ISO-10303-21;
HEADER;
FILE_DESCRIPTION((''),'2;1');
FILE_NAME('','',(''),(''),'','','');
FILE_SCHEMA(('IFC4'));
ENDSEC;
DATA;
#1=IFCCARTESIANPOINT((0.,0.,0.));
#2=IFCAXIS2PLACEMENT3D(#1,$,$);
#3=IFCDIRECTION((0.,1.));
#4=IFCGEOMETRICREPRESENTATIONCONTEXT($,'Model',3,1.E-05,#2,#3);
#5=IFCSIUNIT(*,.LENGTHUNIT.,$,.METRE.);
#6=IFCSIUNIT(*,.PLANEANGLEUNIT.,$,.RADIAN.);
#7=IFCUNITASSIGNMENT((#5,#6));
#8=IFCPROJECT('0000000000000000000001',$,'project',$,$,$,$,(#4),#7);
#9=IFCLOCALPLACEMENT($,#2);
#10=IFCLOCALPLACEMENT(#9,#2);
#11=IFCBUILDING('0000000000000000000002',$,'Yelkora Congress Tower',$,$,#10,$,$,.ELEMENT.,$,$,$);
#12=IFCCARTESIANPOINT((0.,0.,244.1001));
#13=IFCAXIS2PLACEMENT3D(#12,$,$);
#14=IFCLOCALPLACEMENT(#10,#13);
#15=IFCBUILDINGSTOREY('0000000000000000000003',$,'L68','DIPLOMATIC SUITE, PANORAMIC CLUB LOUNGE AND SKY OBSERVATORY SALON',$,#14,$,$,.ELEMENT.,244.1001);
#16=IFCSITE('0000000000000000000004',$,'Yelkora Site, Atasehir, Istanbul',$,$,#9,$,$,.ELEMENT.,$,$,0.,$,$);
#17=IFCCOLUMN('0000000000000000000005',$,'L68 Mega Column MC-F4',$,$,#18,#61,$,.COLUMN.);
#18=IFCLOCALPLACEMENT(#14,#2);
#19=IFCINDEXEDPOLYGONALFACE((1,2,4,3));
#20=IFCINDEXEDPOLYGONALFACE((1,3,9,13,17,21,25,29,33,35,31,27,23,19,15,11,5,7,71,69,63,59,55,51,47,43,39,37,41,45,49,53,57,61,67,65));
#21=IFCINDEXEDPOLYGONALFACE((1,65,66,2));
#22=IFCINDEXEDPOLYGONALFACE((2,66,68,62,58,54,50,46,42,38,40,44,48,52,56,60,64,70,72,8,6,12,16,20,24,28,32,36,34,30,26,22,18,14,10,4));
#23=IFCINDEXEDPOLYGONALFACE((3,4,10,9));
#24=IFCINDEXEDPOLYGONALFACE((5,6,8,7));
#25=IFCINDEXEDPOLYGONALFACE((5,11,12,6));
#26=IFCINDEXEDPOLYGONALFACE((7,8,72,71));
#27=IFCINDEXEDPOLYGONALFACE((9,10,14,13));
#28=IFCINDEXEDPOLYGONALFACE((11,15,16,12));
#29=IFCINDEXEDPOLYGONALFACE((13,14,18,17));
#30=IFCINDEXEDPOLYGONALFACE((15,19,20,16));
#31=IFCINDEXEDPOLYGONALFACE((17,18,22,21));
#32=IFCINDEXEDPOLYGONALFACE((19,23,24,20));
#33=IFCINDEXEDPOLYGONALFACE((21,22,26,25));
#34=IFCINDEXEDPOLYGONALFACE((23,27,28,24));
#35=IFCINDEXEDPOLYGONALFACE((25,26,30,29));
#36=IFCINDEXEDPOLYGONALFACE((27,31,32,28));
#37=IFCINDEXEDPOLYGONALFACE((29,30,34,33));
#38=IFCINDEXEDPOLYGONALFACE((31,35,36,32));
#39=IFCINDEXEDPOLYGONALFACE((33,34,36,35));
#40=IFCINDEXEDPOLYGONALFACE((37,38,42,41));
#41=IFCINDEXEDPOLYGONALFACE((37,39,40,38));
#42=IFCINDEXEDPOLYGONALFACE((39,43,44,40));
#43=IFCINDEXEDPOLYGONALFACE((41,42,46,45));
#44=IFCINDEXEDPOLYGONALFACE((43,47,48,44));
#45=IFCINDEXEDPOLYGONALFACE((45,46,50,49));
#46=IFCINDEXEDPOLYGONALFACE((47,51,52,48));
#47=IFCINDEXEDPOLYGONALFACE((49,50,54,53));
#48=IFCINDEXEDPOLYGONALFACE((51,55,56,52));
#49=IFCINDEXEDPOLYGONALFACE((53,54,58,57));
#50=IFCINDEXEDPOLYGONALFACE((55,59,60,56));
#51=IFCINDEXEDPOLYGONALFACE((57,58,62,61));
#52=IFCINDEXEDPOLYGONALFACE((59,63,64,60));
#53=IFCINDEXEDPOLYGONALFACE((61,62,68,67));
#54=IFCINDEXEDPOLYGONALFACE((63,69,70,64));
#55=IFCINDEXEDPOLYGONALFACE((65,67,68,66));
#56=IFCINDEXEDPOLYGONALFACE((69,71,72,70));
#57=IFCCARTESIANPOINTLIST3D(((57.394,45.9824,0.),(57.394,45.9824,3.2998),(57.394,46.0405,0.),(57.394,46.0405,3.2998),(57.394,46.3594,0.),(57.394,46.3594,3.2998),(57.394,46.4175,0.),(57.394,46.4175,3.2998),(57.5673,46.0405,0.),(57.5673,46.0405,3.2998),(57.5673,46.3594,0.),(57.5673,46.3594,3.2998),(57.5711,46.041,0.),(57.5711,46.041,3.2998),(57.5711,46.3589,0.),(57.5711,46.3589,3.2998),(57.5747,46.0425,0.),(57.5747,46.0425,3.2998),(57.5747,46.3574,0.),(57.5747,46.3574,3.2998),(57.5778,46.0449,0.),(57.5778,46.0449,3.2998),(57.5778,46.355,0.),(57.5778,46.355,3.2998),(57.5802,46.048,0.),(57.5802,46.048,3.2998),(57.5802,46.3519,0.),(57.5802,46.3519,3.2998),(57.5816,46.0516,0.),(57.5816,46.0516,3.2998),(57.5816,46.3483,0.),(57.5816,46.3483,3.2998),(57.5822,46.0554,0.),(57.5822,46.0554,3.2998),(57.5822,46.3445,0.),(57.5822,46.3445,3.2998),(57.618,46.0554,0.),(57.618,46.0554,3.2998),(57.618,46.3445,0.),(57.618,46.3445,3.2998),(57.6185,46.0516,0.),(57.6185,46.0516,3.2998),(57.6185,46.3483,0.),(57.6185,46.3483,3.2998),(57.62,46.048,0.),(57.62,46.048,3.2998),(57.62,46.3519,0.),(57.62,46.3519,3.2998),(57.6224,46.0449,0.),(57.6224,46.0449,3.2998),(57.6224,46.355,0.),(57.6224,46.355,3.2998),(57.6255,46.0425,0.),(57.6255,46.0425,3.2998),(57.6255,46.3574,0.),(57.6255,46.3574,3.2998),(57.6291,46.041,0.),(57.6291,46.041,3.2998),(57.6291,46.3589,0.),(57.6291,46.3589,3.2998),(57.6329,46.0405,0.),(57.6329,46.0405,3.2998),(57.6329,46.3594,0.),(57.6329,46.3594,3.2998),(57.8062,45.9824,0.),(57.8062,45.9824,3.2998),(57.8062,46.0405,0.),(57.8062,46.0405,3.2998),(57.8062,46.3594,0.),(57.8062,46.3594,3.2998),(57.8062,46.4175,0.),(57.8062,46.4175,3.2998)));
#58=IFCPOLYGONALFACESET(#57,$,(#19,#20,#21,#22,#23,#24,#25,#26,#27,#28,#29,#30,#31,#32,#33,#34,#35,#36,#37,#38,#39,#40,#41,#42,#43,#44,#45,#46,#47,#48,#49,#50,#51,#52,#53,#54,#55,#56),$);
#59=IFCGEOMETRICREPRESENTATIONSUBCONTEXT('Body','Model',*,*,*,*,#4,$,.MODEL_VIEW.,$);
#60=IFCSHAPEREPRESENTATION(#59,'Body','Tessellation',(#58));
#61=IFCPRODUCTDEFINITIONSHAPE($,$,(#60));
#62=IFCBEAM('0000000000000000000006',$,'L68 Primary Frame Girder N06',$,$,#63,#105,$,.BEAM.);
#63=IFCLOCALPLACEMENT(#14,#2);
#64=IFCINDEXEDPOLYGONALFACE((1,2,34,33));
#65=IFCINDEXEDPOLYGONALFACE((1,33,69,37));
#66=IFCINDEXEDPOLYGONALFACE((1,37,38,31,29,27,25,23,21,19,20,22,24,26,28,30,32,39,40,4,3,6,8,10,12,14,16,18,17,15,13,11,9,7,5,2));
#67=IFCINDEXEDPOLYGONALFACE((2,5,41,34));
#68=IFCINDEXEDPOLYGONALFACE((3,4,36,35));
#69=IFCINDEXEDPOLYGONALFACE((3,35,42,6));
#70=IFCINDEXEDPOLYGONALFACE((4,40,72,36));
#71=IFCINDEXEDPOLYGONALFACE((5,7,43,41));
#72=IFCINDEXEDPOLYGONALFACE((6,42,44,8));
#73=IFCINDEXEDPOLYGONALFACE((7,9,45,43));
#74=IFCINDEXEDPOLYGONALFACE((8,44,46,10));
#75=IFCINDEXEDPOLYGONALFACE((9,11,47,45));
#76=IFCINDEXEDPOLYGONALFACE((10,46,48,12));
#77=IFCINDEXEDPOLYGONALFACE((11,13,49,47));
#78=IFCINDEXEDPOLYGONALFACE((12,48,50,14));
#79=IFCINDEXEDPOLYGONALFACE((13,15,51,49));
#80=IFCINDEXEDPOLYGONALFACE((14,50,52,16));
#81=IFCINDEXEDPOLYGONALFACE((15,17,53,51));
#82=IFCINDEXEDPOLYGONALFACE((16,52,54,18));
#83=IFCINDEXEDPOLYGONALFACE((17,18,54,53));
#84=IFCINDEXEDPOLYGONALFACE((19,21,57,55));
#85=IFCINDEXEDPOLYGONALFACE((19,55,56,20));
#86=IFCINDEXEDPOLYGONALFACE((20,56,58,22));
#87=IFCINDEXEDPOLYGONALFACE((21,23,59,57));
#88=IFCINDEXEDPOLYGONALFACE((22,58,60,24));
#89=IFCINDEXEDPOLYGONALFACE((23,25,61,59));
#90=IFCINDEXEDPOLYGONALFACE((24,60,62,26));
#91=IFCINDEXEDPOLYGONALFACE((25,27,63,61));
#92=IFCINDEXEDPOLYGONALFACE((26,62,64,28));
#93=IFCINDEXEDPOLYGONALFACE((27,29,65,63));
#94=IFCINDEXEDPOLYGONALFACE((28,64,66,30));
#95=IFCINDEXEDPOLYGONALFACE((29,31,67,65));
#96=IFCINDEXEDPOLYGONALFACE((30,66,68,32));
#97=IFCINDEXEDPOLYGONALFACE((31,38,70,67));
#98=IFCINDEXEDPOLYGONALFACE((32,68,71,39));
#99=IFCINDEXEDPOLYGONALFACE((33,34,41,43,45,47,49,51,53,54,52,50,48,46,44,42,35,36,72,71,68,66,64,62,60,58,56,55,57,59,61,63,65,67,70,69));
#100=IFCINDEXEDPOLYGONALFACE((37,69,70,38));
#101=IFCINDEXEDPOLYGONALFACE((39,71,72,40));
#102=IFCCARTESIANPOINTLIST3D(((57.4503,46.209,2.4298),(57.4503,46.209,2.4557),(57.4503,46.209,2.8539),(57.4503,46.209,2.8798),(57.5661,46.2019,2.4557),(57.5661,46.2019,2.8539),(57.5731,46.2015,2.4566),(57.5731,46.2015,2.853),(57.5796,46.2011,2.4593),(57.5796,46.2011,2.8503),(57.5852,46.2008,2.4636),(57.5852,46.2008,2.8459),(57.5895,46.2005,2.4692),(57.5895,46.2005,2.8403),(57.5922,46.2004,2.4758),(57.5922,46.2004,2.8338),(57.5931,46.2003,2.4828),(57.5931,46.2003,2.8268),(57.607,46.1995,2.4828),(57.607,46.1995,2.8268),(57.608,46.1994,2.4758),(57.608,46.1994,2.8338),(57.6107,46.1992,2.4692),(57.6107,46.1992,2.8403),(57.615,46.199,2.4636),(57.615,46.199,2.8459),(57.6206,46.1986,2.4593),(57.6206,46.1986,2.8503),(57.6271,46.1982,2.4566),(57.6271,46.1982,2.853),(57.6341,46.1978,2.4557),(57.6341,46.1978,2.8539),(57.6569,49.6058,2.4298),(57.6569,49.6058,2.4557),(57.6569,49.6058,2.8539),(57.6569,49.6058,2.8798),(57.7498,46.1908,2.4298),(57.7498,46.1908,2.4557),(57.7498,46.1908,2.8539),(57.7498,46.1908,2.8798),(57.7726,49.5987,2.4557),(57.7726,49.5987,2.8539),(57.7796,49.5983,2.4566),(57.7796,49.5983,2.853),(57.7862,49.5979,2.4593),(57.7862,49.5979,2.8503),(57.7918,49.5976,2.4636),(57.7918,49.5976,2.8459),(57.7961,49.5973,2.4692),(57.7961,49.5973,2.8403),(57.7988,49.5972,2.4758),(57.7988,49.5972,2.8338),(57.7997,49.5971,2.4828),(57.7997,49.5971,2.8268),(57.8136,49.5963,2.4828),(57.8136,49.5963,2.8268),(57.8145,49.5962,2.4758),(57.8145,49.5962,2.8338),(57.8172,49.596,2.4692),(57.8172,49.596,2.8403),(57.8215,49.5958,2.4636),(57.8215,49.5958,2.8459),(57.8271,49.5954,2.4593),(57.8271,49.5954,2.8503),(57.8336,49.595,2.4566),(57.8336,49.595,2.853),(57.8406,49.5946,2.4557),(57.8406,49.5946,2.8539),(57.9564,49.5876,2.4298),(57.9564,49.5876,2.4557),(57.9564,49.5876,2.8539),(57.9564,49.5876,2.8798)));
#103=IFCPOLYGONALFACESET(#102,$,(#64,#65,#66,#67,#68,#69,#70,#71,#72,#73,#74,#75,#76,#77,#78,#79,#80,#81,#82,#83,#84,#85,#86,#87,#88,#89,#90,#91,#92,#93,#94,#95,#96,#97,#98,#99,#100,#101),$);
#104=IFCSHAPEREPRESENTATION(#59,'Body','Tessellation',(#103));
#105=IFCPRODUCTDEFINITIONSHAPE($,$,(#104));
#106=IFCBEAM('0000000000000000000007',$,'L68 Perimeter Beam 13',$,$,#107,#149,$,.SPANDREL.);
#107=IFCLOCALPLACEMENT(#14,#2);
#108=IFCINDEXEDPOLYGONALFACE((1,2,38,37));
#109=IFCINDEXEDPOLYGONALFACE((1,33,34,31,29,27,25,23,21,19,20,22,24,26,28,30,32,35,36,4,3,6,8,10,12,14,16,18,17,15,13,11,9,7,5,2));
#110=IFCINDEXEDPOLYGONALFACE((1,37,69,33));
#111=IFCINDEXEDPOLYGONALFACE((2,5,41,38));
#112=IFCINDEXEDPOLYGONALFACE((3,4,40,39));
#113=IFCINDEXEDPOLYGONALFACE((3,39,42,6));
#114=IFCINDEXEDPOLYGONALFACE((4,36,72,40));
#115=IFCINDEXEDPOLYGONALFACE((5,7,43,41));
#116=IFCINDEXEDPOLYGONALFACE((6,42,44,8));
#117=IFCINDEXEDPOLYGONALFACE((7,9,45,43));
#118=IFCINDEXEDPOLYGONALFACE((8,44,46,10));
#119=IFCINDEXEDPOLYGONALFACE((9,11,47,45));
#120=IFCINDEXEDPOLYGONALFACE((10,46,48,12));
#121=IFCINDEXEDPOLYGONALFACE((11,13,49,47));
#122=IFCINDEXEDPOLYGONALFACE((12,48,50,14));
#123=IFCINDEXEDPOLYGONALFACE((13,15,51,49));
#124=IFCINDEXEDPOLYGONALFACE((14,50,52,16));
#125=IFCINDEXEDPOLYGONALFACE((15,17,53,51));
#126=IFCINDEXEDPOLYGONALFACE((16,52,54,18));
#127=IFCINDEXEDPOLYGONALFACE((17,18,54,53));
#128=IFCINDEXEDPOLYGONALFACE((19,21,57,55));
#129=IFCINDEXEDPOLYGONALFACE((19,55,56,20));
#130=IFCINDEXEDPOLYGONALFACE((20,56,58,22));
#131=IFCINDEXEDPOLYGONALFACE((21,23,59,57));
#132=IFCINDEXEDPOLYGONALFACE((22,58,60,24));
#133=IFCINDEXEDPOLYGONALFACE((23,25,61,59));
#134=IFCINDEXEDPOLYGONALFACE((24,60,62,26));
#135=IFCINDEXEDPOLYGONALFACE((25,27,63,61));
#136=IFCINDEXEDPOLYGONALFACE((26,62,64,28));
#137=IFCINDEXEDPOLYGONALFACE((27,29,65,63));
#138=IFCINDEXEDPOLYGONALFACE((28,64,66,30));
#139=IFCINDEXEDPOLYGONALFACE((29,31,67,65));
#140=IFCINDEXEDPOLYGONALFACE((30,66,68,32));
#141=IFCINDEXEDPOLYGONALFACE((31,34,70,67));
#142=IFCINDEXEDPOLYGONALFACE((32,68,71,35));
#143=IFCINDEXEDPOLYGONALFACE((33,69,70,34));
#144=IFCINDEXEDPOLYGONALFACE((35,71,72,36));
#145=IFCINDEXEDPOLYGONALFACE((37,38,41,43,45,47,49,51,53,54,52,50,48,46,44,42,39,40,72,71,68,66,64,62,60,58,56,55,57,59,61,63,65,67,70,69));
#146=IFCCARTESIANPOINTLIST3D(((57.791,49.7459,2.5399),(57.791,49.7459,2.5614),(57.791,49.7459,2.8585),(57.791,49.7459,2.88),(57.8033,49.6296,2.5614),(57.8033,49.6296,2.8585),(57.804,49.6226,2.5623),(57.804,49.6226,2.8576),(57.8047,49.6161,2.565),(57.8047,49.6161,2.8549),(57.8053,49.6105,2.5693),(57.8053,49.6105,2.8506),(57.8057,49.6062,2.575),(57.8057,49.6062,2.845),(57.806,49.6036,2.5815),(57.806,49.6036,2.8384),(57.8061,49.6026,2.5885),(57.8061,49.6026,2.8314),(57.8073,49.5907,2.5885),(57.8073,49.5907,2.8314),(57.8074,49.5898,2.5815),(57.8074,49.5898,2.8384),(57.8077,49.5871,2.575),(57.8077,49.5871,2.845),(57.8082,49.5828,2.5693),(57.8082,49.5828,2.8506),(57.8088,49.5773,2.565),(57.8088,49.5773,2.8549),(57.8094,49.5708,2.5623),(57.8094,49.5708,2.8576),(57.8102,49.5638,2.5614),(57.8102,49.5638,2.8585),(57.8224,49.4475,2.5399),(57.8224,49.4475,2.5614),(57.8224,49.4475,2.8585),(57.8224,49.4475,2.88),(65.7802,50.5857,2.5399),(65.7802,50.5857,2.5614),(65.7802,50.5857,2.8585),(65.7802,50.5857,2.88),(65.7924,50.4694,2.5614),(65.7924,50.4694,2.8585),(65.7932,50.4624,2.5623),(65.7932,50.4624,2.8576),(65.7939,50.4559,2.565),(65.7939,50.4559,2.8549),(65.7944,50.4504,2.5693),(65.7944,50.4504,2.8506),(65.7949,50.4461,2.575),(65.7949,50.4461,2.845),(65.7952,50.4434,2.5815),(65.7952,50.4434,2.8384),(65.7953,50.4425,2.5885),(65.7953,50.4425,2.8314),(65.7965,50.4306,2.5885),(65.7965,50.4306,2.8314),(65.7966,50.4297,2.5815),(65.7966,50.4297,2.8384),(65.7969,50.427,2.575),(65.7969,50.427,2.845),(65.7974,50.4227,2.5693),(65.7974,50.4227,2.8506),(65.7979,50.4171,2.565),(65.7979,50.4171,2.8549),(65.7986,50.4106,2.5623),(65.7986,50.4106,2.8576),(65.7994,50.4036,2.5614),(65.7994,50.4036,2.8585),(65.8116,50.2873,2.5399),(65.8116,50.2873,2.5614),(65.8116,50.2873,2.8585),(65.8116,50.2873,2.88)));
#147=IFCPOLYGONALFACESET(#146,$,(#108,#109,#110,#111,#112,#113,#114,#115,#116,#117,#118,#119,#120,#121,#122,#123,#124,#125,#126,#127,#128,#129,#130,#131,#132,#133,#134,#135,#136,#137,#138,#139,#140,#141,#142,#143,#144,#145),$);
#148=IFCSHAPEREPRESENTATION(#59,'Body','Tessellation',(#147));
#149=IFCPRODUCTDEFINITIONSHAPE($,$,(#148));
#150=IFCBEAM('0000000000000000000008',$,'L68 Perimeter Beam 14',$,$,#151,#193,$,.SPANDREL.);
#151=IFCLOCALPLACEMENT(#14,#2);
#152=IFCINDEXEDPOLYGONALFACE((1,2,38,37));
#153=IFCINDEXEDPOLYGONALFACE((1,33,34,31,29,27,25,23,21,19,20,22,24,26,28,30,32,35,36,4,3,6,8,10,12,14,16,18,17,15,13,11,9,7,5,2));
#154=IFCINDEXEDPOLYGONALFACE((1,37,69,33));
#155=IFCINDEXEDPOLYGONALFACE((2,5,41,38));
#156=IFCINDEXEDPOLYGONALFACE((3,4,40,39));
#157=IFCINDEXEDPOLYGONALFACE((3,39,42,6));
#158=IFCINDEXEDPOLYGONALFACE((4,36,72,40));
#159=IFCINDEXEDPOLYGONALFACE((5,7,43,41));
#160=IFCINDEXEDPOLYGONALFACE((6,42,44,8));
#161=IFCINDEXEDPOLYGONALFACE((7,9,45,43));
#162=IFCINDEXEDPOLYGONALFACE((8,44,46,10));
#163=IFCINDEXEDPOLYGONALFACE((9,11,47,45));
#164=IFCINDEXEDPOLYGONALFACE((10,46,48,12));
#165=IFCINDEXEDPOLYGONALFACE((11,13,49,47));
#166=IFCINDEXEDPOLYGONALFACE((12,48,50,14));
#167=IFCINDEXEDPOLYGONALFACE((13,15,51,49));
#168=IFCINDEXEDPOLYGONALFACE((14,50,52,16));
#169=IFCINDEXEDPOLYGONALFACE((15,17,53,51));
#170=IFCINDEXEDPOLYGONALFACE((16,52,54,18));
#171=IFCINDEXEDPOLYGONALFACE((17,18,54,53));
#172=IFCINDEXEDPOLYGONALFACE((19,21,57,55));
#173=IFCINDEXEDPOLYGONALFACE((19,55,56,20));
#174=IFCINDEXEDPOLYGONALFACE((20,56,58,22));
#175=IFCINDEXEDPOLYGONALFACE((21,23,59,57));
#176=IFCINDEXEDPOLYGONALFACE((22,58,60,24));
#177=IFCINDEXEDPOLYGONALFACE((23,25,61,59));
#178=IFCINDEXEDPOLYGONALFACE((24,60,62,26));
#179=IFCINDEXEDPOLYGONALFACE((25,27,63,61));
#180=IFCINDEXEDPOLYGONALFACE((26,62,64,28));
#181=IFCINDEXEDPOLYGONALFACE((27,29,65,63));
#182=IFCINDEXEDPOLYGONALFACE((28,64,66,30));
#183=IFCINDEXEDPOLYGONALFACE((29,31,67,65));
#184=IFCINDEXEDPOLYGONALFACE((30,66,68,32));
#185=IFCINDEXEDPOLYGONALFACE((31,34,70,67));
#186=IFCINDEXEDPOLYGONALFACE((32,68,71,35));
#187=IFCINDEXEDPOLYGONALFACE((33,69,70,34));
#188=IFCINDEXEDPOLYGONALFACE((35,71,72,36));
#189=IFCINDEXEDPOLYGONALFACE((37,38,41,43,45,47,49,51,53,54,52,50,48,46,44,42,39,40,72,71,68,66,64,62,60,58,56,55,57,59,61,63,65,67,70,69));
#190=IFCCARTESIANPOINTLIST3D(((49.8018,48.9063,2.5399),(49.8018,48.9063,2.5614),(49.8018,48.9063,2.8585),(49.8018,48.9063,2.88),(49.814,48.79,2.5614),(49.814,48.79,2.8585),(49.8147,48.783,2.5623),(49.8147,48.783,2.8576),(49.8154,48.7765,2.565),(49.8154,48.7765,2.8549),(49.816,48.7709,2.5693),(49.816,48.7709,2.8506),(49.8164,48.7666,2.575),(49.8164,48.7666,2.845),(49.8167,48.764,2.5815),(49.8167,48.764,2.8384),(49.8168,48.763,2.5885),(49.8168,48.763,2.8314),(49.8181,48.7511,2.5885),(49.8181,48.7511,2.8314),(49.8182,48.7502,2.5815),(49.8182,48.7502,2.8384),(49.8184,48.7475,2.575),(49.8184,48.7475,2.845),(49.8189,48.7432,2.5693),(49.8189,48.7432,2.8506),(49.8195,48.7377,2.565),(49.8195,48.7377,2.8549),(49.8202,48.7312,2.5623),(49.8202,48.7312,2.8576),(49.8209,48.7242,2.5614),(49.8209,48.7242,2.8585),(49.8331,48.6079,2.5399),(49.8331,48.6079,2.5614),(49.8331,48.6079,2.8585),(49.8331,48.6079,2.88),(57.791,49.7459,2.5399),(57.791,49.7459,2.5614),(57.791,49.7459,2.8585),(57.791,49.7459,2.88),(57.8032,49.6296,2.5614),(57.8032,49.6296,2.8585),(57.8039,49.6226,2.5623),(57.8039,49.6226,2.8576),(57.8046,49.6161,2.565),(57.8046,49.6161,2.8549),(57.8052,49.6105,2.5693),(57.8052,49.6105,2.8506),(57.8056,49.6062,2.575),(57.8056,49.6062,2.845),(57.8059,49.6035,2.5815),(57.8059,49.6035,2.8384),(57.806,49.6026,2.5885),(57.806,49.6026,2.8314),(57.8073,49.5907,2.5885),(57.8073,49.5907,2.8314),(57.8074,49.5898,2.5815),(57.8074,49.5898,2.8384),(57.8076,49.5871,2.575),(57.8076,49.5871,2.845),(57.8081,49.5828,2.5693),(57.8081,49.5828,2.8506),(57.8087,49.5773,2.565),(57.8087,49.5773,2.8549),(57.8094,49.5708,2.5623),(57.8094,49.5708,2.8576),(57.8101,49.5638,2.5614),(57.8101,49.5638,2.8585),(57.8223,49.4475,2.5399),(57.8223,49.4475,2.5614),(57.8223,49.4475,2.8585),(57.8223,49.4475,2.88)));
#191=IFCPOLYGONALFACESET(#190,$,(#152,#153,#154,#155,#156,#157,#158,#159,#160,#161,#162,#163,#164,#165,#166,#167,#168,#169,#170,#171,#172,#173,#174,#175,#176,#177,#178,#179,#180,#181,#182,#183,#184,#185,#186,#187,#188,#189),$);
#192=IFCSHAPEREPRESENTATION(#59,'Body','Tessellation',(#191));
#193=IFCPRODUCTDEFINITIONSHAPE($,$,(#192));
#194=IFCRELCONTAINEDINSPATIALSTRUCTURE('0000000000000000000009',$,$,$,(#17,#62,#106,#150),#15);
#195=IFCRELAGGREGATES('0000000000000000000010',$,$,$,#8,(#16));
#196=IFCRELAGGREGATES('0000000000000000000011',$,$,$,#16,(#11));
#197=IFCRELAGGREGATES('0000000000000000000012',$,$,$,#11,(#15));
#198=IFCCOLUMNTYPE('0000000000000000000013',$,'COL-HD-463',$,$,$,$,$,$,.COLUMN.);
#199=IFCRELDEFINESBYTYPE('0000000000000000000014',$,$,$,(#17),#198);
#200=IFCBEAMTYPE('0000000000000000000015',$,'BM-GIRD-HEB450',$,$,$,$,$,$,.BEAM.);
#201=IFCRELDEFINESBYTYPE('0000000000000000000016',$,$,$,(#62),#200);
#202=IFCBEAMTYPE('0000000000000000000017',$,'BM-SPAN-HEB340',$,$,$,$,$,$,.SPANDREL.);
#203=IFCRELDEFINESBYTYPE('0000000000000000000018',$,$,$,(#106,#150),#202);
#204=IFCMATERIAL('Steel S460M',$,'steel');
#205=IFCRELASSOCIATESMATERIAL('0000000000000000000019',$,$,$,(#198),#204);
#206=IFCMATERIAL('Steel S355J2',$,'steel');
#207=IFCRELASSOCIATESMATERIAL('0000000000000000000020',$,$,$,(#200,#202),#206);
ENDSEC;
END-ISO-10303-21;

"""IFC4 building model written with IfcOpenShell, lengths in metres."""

from ifc_helpers import new_model, si_unit, direction, frame, origin, origin_2d, place, context, subcontext, project, spatial, i_section, extrude, material, material_profile, profile_set, type_object, element, save


model = new_model("IFC4")

# Units and contexts
model_context = context("Model", 3, precision=1e-05, world=origin(), true_north=direction((0.0, 1.0)))
body_context = subcontext(model_context, "Body", "Model", "MODEL_VIEW")
ifc_project = project(units=[si_unit("LENGTHUNIT", "METRE"), si_unit("PLANEANGLEUNIT", "RADIAN")], contexts=[model_context])

# Site, building, storey
site_placement = place(None, origin())
site = spatial("IfcSite", under=ifc_project, at=site_placement, Name="Yelkora Site, Atasehir, Istanbul", CompositionType="ELEMENT", RefElevation=0.0)
building_placement = place(site_placement, origin())
building = spatial("IfcBuilding", under=site, at=building_placement, Name="Yelkora Congress Tower", CompositionType="ELEMENT")
storey_placement = place(building_placement, frame((0.0, 0.0, 244.1001)))
storey = spatial("IfcBuildingStorey", under=building, at=storey_placement, Name="L68", Description="DIPLOMATIC SUITE, PANORAMIC CLUB LOUNGE AND SKY OBSERVATORY SALON", CompositionType="ELEMENT", Elevation=244.1001)

# Column
ifc_material_1 = material(Name="Steel S355J2", Category="steel")
ifc_material_2 = material(Name="Steel S460M", Category="steel")
ifc_material_profile_1 = material_profile(ifc_material_2, i_section(OverallWidth=0.4121, OverallDepth=0.4351, WebThickness=0.0359, FlangeThickness=0.0581, FilletRadius=0.0149, at=origin_2d()), Name="HD 400x463")
ifc_profile_set_1 = profile_set([ifc_material_profile_1], Name="Steel S460M")
column_type_1 = type_object("IfcColumnType", Name="COL-HD-463", PredefinedType="COLUMN", material=ifc_profile_set_1)
for number, where, z_axis, x_axis, name in (
    (1, (57.6001, 46.2, 0.0), (0.0, 0.0, 1.0), (1.0, 0.0, 0.0), "L68 Mega Column MC-F4"),
):
    element("IfcColumn", number, at=place(storey_placement, frame(where, z_axis=z_axis, x_axis=x_axis)), inside=storey, type_object=column_type_1, Name=name, PredefinedType="COLUMN", context=body_context, shape_type="SweptSolid", body=[
        extrude(i_section(OverallWidth=0.4121, OverallDepth=0.4351, WebThickness=0.0359, FlangeThickness=0.0581, FilletRadius=0.0149, at=origin_2d()), origin(), (0.0, 0.0, 1.0), 3.2998),
    ])

# Beams
ifc_material_profile_2 = material_profile(ifc_material_1, i_section(OverallWidth=0.3, OverallDepth=0.45, WebThickness=0.0139, FlangeThickness=0.0259, FilletRadius=0.0271, at=origin_2d()), Name="HEB 450")
ifc_profile_set_2 = profile_set([ifc_material_profile_2], Name="Steel S355J2")
beam_type_1 = type_object("IfcBeamType", Name="BM-GIRD-HEB450", PredefinedType="BEAM", material=ifc_profile_set_2)
beam_placement = place(storey_placement, frame((57.8066, 49.5967, 2.6548), z_axis=(-0.060694, -0.998156, 0.0), x_axis=(0.998156, -0.060694, 0.0)))
element("IfcBeam", 2, at=beam_placement, inside=storey, type_object=beam_type_1, Name="L68 Primary Frame Girder N06", PredefinedType="BEAM", context=body_context, shape_type="SweptSolid", body=[
    extrude(i_section(OverallWidth=0.3, OverallDepth=0.45, WebThickness=0.0139, FlangeThickness=0.0259, FilletRadius=0.0271, at=origin_2d()), origin(), (0.0, 0.0, 1.0), 3.4031),
])
ifc_material_profile_3 = material_profile(ifc_material_1, i_section(OverallWidth=0.3, OverallDepth=0.3401, WebThickness=0.012, FlangeThickness=0.0215, FilletRadius=0.0271, at=origin_2d()), Name="HEB 340")
ifc_profile_set_3 = profile_set([ifc_material_profile_3], Name="Steel S355J2")
beam_type_2 = type_object("IfcBeamType", Name="BM-SPAN-HEB340", PredefinedType="SPANDREL", material=ifc_profile_set_3)
for number, where, z_axis, x_axis, name in (
    (3, (65.7959, 50.4365, 2.71), (-0.99452, -0.104546, 0.0), (0.104546, -0.99452, 0.0), "L68 Perimeter Beam 13"),
    (4, (57.8066, 49.5967, 2.71), (-0.994523, -0.104516, 0.0), (0.104516, -0.994523, 0.0), "L68 Perimeter Beam 14"),
):
    element("IfcBeam", number, at=place(storey_placement, frame(where, z_axis=z_axis, x_axis=x_axis)), inside=storey, type_object=beam_type_2, Name=name, PredefinedType="SPANDREL", context=body_context, shape_type="SweptSolid", body=[
        extrude(i_section(OverallWidth=0.3, OverallDepth=0.3401, WebThickness=0.012, FlangeThickness=0.0215, FilletRadius=0.0271, at=origin_2d()), origin(), (0.0, 0.0, 1.0), 8.0332),
    ])

save(model, "model.ifc")
